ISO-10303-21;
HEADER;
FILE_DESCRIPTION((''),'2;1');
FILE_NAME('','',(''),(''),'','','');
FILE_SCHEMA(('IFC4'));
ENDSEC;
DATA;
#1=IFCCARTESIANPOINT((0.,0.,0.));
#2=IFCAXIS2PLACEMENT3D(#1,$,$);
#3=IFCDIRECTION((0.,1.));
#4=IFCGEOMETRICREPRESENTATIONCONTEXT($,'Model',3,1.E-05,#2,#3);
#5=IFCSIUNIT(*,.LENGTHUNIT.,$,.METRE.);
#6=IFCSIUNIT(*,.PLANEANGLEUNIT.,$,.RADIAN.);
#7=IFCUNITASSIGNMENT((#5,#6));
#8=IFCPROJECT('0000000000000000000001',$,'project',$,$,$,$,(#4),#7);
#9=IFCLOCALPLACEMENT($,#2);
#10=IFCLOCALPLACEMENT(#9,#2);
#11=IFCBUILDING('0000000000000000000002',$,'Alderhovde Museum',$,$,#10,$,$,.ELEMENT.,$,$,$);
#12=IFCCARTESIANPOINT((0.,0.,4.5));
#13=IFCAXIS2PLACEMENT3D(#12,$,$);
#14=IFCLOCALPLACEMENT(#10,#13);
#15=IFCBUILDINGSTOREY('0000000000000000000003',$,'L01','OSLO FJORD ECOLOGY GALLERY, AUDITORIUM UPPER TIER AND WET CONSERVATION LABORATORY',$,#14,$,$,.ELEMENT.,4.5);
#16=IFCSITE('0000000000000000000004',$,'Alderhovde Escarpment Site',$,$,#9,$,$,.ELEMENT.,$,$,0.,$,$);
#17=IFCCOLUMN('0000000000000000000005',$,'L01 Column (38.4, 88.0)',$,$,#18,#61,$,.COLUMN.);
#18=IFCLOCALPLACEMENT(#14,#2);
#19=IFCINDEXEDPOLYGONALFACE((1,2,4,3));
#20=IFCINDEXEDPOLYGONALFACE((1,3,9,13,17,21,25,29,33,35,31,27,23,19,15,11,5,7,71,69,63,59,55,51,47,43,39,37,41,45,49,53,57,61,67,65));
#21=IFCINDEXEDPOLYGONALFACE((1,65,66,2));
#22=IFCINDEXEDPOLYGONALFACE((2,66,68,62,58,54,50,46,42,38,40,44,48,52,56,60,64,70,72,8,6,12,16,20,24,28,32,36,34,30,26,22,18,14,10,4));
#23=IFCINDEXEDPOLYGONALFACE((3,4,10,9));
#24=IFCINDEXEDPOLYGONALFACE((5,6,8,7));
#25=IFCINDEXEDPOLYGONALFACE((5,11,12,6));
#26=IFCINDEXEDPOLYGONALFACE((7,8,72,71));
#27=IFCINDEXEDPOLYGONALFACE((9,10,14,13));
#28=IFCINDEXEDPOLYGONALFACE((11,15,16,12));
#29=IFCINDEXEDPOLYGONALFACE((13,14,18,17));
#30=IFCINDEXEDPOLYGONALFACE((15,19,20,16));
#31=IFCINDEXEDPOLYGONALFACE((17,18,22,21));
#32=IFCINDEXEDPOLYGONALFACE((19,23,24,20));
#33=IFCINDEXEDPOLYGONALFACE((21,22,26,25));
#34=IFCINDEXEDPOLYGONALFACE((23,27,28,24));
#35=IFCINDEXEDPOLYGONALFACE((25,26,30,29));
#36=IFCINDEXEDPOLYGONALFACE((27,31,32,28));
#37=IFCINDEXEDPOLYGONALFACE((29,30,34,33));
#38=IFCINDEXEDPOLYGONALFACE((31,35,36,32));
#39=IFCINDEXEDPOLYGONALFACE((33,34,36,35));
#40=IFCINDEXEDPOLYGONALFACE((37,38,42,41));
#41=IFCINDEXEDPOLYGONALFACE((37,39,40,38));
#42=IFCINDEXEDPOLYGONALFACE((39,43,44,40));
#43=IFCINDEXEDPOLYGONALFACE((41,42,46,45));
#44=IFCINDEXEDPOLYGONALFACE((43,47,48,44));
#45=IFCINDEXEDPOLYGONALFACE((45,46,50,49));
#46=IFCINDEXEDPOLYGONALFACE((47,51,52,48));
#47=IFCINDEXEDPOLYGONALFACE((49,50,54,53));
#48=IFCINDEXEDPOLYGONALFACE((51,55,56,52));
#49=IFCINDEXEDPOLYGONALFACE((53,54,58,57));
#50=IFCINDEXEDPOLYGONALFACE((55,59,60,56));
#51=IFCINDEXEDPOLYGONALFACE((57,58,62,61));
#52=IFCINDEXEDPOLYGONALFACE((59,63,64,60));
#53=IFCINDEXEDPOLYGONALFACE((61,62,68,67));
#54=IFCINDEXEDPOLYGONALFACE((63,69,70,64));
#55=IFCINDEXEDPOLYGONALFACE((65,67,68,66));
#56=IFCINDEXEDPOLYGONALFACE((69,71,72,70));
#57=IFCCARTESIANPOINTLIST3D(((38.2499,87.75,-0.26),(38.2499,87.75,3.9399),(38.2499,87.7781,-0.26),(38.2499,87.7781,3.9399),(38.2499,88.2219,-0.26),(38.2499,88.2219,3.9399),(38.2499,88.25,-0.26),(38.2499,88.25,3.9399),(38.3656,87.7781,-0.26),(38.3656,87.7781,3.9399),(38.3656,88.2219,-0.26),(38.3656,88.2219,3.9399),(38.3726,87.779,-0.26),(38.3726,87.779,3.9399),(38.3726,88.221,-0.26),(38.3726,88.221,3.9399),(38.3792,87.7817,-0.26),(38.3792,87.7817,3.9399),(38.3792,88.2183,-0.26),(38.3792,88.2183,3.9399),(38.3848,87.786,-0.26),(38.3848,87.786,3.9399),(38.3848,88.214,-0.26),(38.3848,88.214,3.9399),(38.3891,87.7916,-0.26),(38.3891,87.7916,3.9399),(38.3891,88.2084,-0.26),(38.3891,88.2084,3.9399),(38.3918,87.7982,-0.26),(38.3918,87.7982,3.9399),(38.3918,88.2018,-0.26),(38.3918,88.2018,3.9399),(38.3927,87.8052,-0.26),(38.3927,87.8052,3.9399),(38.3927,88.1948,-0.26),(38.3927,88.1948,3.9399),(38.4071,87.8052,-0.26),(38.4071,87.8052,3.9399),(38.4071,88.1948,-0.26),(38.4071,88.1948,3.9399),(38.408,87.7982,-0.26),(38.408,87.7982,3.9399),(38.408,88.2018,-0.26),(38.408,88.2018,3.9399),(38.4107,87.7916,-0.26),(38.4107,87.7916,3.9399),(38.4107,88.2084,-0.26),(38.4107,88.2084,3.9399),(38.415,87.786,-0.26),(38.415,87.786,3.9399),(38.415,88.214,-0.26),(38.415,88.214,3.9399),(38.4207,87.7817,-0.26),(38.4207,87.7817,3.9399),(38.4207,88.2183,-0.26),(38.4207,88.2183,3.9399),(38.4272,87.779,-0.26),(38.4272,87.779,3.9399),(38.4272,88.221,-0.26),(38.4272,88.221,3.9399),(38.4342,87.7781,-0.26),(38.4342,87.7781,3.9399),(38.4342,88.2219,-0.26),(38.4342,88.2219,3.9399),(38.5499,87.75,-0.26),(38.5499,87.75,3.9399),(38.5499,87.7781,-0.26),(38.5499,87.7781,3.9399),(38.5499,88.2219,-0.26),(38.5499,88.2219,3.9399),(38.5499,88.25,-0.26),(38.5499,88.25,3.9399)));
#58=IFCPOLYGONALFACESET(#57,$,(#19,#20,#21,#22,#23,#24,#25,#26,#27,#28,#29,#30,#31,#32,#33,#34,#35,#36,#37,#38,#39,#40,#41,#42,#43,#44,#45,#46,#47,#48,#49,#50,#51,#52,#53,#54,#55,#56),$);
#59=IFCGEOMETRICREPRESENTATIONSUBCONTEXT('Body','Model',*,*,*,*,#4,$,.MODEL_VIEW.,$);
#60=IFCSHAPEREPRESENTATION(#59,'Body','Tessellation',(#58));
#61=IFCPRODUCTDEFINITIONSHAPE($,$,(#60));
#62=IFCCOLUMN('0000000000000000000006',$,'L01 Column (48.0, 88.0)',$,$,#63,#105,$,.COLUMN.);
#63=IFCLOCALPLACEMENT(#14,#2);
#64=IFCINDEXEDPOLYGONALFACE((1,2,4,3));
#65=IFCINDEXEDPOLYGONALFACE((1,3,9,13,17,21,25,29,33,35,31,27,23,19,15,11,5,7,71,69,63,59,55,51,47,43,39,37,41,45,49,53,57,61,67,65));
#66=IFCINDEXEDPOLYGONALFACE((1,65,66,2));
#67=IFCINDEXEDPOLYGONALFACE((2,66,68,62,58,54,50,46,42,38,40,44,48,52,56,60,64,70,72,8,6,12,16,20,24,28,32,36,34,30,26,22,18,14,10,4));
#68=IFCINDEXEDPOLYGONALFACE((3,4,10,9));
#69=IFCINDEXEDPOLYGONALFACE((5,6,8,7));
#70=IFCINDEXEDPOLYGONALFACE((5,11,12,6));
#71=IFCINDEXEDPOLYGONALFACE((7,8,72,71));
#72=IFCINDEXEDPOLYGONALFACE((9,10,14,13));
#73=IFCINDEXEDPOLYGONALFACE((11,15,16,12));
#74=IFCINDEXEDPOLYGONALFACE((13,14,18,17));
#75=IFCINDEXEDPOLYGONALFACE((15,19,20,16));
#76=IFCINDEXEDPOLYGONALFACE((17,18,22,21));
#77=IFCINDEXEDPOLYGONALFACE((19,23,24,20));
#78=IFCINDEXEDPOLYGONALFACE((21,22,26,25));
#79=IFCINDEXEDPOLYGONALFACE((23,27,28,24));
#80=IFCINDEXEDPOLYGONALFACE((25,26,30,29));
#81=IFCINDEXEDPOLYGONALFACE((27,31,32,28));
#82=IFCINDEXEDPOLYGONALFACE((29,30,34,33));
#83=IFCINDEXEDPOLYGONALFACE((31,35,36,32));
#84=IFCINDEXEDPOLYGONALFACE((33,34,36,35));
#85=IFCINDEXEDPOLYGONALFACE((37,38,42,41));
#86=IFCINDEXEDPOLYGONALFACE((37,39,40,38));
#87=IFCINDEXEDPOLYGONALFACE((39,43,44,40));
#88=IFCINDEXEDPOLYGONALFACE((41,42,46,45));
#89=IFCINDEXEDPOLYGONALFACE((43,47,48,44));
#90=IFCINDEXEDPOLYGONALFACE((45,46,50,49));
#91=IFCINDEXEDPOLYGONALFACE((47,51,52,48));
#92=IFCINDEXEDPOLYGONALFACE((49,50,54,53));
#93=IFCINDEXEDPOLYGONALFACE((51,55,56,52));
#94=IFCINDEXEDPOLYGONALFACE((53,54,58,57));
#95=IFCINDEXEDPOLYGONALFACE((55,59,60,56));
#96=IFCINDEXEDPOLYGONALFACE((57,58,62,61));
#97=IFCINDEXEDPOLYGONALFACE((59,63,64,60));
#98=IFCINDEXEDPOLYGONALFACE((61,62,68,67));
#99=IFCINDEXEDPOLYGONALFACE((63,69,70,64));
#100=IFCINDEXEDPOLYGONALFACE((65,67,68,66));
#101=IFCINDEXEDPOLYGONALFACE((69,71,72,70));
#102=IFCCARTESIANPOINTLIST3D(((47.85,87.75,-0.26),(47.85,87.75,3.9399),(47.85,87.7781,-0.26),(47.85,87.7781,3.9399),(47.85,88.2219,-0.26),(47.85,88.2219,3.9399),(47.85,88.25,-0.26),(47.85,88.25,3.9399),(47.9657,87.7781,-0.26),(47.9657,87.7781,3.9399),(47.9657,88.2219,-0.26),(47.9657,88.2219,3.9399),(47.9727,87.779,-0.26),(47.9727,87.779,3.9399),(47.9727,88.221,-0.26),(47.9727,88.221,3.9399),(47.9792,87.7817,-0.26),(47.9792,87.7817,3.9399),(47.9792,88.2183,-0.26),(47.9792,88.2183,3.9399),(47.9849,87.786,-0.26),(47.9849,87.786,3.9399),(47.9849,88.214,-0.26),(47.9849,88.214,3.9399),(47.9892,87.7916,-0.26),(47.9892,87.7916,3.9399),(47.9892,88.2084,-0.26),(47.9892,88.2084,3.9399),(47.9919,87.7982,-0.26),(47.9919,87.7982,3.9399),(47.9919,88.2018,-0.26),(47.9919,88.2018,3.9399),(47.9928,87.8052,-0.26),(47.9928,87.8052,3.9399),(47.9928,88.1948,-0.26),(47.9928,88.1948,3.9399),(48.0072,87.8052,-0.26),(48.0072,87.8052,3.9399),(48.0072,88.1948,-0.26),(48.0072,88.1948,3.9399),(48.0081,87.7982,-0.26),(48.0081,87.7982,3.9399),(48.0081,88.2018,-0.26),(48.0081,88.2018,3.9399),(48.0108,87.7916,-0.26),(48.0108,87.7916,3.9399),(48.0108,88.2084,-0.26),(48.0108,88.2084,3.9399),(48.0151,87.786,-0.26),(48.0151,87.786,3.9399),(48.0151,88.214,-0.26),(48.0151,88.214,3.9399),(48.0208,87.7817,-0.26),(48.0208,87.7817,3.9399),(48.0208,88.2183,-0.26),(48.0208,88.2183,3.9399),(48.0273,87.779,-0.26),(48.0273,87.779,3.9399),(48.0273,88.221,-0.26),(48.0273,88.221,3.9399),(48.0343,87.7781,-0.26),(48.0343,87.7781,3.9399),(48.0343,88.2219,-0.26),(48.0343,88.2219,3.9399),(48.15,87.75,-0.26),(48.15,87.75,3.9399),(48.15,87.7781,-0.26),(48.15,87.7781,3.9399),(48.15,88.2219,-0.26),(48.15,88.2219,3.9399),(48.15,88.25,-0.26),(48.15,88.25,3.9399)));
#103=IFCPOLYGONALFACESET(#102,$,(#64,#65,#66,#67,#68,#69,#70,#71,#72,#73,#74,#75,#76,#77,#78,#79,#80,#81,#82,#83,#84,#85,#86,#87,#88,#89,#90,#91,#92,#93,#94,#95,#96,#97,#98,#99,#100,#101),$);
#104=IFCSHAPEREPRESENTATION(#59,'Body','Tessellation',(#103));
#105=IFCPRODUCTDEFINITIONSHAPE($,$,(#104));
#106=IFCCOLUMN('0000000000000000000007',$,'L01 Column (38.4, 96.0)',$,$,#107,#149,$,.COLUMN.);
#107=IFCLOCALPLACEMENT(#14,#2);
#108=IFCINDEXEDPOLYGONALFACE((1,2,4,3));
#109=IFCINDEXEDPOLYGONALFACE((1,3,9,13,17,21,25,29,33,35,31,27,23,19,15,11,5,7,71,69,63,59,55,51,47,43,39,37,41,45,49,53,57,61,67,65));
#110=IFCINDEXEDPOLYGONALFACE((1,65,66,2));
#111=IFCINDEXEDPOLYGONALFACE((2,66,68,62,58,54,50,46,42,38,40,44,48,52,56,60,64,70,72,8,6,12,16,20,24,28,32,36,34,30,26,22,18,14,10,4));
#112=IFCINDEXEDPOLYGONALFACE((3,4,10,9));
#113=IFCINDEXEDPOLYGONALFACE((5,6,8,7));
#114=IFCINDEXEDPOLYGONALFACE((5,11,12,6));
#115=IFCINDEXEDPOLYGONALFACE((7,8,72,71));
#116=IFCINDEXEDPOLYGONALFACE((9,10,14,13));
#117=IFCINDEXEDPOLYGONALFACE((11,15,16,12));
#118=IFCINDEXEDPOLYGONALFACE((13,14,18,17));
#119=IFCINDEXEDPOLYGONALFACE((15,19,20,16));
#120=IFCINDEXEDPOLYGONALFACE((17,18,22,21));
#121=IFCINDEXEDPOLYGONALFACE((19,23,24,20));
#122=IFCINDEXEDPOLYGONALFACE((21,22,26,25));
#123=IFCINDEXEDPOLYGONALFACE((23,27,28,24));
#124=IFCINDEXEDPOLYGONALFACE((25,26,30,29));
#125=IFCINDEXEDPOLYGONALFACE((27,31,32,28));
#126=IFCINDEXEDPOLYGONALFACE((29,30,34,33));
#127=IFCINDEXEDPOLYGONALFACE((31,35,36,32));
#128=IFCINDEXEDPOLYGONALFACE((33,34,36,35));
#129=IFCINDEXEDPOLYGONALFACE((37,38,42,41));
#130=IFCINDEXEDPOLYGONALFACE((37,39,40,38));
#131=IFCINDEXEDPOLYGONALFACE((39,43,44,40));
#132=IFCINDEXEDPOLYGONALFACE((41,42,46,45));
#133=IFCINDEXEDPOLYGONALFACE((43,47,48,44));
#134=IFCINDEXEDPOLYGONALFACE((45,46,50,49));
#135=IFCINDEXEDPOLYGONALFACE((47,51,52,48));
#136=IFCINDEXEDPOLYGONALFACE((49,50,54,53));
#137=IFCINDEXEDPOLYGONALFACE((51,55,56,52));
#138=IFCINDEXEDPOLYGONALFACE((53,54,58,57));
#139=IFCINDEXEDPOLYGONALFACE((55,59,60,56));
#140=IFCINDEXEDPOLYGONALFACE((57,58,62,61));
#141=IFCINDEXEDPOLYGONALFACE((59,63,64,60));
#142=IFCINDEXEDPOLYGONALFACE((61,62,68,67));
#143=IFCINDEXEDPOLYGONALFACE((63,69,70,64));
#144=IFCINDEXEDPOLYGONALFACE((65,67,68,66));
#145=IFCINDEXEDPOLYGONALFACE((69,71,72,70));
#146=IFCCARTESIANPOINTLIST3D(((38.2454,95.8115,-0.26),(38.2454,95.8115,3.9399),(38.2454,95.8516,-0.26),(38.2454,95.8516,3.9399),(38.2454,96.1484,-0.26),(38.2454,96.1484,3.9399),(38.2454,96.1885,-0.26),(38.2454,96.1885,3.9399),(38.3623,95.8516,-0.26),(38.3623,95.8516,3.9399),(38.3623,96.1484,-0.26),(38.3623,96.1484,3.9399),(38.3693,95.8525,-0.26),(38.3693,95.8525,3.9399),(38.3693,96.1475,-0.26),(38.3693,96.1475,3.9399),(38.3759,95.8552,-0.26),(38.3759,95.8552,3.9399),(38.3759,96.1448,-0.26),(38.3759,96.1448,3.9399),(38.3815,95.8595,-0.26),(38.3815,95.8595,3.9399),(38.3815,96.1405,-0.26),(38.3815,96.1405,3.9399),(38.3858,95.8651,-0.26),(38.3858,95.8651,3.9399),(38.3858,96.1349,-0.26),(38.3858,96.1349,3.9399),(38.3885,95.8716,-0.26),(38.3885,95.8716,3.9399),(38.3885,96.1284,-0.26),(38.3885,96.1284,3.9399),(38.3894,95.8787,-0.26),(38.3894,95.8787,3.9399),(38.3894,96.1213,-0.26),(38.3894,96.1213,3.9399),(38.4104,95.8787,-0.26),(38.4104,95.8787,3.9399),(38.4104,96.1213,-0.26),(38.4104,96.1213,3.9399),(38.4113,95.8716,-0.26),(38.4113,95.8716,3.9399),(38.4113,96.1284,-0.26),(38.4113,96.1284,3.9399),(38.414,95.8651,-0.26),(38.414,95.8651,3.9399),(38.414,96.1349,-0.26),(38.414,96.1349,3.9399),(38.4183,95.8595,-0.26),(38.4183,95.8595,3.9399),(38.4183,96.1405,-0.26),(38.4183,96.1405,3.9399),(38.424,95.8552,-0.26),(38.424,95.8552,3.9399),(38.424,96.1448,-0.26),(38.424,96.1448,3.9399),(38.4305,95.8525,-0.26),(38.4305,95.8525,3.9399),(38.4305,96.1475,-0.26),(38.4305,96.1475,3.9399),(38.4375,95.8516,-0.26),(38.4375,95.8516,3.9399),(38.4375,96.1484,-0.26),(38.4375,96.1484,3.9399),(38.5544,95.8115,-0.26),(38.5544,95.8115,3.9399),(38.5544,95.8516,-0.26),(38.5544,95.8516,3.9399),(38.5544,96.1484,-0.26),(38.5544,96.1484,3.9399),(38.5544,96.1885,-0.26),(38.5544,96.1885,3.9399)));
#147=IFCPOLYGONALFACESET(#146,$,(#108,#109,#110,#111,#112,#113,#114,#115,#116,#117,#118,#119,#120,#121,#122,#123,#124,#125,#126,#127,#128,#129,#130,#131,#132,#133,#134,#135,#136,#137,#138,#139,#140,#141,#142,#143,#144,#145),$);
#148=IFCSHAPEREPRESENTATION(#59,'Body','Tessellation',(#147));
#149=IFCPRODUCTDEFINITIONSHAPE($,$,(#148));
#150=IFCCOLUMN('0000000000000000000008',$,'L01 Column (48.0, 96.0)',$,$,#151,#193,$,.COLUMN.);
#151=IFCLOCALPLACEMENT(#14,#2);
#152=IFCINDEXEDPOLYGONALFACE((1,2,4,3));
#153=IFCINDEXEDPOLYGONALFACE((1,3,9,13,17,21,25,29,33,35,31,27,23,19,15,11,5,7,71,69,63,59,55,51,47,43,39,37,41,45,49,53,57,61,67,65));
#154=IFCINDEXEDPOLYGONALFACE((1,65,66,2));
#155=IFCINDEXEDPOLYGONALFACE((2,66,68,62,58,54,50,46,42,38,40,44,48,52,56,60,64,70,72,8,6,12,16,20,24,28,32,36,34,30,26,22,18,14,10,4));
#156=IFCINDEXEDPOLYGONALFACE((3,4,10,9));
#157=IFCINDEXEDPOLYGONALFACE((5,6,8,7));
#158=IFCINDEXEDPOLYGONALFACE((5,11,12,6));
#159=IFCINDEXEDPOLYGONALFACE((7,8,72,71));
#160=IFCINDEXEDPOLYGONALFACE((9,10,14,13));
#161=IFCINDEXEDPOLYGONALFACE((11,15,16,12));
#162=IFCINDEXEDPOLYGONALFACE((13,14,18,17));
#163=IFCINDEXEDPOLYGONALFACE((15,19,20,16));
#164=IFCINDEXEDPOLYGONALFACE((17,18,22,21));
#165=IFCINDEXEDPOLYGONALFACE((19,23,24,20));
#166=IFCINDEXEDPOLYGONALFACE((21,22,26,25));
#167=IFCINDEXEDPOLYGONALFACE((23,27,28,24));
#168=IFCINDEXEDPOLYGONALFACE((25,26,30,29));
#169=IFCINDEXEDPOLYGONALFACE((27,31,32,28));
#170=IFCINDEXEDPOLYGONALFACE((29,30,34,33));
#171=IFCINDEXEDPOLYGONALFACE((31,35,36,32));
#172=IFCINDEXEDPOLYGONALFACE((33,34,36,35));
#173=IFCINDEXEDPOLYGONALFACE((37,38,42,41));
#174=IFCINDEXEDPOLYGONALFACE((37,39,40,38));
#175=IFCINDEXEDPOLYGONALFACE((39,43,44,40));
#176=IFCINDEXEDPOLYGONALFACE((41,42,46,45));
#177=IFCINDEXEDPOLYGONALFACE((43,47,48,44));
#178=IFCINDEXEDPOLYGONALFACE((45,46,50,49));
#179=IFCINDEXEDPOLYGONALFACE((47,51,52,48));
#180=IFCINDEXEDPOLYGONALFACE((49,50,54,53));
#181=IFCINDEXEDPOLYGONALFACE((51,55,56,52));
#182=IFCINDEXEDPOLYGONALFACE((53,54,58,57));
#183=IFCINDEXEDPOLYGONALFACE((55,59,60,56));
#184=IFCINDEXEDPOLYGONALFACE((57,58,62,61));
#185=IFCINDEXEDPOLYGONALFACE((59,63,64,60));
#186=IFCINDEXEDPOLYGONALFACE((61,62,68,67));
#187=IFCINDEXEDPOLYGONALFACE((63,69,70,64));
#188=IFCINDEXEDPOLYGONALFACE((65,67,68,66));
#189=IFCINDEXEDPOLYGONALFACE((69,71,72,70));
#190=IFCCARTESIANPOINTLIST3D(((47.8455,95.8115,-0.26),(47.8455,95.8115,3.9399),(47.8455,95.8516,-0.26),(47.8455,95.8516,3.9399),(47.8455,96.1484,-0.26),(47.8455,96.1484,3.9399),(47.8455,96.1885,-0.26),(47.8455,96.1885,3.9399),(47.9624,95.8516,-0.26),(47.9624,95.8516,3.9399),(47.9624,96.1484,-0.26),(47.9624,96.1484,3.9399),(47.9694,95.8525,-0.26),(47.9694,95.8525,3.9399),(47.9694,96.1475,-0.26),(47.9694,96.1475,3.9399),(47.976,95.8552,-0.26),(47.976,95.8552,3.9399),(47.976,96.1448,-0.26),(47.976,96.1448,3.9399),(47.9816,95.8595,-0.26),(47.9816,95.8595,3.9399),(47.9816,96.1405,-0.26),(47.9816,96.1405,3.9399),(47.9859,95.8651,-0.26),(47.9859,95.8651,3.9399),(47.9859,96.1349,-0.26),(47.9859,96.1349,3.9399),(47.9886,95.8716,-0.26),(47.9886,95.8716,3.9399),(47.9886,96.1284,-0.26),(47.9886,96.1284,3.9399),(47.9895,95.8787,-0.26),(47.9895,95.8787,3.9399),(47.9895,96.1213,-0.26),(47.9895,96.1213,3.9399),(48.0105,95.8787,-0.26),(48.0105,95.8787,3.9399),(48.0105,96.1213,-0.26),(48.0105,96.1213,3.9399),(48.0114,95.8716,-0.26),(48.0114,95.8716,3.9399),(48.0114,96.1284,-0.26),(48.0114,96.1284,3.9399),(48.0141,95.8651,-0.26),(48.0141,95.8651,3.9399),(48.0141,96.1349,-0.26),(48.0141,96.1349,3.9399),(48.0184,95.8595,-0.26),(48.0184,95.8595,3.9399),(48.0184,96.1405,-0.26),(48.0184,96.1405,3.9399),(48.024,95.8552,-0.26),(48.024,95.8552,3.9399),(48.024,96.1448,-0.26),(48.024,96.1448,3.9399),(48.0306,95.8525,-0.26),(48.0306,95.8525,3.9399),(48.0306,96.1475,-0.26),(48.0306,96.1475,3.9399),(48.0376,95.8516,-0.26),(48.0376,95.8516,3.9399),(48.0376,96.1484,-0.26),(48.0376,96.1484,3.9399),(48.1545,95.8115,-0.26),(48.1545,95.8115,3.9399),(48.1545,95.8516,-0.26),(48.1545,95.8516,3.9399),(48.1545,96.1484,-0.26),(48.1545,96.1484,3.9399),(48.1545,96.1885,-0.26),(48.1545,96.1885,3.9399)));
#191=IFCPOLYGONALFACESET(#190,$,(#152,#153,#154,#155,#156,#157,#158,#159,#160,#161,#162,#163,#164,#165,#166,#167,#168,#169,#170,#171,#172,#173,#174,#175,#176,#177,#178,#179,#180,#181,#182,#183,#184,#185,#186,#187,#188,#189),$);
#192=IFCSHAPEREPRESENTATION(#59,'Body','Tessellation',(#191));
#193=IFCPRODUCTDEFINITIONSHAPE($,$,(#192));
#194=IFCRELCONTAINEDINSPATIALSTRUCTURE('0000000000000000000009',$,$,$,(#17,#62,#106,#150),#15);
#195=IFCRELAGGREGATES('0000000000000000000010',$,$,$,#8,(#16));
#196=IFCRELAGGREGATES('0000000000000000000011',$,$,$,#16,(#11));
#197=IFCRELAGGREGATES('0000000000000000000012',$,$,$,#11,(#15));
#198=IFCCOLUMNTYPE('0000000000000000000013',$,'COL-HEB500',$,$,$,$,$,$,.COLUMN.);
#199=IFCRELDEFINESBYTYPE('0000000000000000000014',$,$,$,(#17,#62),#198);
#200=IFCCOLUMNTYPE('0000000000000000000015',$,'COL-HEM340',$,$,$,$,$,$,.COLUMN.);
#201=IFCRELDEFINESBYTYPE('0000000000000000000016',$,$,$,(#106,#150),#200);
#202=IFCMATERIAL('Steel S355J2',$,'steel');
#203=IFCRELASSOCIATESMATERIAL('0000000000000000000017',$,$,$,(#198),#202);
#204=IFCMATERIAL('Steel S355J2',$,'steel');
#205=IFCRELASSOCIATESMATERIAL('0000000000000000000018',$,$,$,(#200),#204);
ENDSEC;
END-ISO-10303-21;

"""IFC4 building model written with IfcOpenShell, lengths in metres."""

from ifc_helpers import new_model, si_unit, direction, frame, origin, origin_2d, place, context, subcontext, project, spatial, i_section, extrude, material, material_profile, profile_set, type_object, element, save


model = new_model("IFC4")

# Units and contexts
model_context = context("Model", 3, precision=1e-05, world=origin(), true_north=direction((0.0, 1.0)))
body_context = subcontext(model_context, "Body", "Model", "MODEL_VIEW")
ifc_project = project(units=[si_unit("LENGTHUNIT", "METRE"), si_unit("PLANEANGLEUNIT", "RADIAN")], contexts=[model_context])

# Site, building, storey
site_placement = place(None, origin())
site = spatial("IfcSite", under=ifc_project, at=site_placement, Name="Alderhovde Escarpment Site", CompositionType="ELEMENT", RefElevation=0.0)
building_placement = place(site_placement, origin())
building = spatial("IfcBuilding", under=site, at=building_placement, Name="Alderhovde Museum", CompositionType="ELEMENT")
storey_placement = place(building_placement, frame((0.0, 0.0, 4.5)))
storey = spatial("IfcBuildingStorey", under=building, at=storey_placement, Name="L01", Description="OSLO FJORD ECOLOGY GALLERY, AUDITORIUM UPPER TIER AND WET CONSERVATION LABORATORY", CompositionType="ELEMENT", Elevation=4.5)

# Columns
ifc_material_1 = material(Name="Steel S355J2", Category="steel")
ifc_material_profile_1 = material_profile(ifc_material_1, i_section(OverallWidth=0.3, OverallDepth=0.5, WebThickness=0.0144, FlangeThickness=0.0281, FilletRadius=0.0271, at=origin_2d()), Name="HEB 500")
ifc_profile_set_1 = profile_set([ifc_material_profile_1], Name="Steel S355J2")
column_type_1 = type_object("IfcColumnType", Name="COL-HEB500", PredefinedType="COLUMN", material=ifc_profile_set_1)
for number, where, z_axis, x_axis, name in (
    (1, (38.3999, 88.0, -0.26), (0.0, 0.0, 1.0), (1.0, 0.0, 0.0), "L01 Column (38.4, 88.0)"),
    (2, (48.0, 88.0, -0.26), (0.0, 0.0, 1.0), (1.0, 0.0, 0.0), "L01 Column (48.0, 88.0)"),
):
    element("IfcColumn", number, at=place(storey_placement, frame(where, z_axis=z_axis, x_axis=x_axis)), inside=storey, type_object=column_type_1, Name=name, PredefinedType="COLUMN", context=body_context, shape_type="SweptSolid", body=[
        extrude(i_section(OverallWidth=0.3, OverallDepth=0.5, WebThickness=0.0144, FlangeThickness=0.0281, FilletRadius=0.0271, at=origin_2d()), origin(), (0.0, 0.0, 1.0), 4.2),
    ])
ifc_material_2 = material(Name="Steel S355J2", Category="steel")
ifc_material_profile_2 = material_profile(ifc_material_2, i_section(OverallWidth=0.3091, OverallDepth=0.377, WebThickness=0.021, FlangeThickness=0.04, FilletRadius=0.0271, at=origin_2d()), Name="HEM 340")
ifc_profile_set_2 = profile_set([ifc_material_profile_2], Name="Steel S355J2")
column_type_2 = type_object("IfcColumnType", Name="COL-HEM340", PredefinedType="COLUMN", material=ifc_profile_set_2)
for number, where, z_axis, x_axis, name in (
    (3, (38.3999, 96.0, -0.26), (0.0, 0.0, 1.0), (1.0, 0.0, 0.0), "L01 Column (38.4, 96.0)"),
    (4, (48.0, 96.0, -0.26), (0.0, 0.0, 1.0), (1.0, 0.0, 0.0), "L01 Column (48.0, 96.0)"),
):
    element("IfcColumn", number, at=place(storey_placement, frame(where, z_axis=z_axis, x_axis=x_axis)), inside=storey, type_object=column_type_2, Name=name, PredefinedType="COLUMN", context=body_context, shape_type="SweptSolid", body=[
        extrude(i_section(OverallWidth=0.3091, OverallDepth=0.377, WebThickness=0.021, FlangeThickness=0.04, FilletRadius=0.0271, at=origin_2d()), origin(), (0.0, 0.0, 1.0), 4.2),
    ])

save(model, "model.ifc")
